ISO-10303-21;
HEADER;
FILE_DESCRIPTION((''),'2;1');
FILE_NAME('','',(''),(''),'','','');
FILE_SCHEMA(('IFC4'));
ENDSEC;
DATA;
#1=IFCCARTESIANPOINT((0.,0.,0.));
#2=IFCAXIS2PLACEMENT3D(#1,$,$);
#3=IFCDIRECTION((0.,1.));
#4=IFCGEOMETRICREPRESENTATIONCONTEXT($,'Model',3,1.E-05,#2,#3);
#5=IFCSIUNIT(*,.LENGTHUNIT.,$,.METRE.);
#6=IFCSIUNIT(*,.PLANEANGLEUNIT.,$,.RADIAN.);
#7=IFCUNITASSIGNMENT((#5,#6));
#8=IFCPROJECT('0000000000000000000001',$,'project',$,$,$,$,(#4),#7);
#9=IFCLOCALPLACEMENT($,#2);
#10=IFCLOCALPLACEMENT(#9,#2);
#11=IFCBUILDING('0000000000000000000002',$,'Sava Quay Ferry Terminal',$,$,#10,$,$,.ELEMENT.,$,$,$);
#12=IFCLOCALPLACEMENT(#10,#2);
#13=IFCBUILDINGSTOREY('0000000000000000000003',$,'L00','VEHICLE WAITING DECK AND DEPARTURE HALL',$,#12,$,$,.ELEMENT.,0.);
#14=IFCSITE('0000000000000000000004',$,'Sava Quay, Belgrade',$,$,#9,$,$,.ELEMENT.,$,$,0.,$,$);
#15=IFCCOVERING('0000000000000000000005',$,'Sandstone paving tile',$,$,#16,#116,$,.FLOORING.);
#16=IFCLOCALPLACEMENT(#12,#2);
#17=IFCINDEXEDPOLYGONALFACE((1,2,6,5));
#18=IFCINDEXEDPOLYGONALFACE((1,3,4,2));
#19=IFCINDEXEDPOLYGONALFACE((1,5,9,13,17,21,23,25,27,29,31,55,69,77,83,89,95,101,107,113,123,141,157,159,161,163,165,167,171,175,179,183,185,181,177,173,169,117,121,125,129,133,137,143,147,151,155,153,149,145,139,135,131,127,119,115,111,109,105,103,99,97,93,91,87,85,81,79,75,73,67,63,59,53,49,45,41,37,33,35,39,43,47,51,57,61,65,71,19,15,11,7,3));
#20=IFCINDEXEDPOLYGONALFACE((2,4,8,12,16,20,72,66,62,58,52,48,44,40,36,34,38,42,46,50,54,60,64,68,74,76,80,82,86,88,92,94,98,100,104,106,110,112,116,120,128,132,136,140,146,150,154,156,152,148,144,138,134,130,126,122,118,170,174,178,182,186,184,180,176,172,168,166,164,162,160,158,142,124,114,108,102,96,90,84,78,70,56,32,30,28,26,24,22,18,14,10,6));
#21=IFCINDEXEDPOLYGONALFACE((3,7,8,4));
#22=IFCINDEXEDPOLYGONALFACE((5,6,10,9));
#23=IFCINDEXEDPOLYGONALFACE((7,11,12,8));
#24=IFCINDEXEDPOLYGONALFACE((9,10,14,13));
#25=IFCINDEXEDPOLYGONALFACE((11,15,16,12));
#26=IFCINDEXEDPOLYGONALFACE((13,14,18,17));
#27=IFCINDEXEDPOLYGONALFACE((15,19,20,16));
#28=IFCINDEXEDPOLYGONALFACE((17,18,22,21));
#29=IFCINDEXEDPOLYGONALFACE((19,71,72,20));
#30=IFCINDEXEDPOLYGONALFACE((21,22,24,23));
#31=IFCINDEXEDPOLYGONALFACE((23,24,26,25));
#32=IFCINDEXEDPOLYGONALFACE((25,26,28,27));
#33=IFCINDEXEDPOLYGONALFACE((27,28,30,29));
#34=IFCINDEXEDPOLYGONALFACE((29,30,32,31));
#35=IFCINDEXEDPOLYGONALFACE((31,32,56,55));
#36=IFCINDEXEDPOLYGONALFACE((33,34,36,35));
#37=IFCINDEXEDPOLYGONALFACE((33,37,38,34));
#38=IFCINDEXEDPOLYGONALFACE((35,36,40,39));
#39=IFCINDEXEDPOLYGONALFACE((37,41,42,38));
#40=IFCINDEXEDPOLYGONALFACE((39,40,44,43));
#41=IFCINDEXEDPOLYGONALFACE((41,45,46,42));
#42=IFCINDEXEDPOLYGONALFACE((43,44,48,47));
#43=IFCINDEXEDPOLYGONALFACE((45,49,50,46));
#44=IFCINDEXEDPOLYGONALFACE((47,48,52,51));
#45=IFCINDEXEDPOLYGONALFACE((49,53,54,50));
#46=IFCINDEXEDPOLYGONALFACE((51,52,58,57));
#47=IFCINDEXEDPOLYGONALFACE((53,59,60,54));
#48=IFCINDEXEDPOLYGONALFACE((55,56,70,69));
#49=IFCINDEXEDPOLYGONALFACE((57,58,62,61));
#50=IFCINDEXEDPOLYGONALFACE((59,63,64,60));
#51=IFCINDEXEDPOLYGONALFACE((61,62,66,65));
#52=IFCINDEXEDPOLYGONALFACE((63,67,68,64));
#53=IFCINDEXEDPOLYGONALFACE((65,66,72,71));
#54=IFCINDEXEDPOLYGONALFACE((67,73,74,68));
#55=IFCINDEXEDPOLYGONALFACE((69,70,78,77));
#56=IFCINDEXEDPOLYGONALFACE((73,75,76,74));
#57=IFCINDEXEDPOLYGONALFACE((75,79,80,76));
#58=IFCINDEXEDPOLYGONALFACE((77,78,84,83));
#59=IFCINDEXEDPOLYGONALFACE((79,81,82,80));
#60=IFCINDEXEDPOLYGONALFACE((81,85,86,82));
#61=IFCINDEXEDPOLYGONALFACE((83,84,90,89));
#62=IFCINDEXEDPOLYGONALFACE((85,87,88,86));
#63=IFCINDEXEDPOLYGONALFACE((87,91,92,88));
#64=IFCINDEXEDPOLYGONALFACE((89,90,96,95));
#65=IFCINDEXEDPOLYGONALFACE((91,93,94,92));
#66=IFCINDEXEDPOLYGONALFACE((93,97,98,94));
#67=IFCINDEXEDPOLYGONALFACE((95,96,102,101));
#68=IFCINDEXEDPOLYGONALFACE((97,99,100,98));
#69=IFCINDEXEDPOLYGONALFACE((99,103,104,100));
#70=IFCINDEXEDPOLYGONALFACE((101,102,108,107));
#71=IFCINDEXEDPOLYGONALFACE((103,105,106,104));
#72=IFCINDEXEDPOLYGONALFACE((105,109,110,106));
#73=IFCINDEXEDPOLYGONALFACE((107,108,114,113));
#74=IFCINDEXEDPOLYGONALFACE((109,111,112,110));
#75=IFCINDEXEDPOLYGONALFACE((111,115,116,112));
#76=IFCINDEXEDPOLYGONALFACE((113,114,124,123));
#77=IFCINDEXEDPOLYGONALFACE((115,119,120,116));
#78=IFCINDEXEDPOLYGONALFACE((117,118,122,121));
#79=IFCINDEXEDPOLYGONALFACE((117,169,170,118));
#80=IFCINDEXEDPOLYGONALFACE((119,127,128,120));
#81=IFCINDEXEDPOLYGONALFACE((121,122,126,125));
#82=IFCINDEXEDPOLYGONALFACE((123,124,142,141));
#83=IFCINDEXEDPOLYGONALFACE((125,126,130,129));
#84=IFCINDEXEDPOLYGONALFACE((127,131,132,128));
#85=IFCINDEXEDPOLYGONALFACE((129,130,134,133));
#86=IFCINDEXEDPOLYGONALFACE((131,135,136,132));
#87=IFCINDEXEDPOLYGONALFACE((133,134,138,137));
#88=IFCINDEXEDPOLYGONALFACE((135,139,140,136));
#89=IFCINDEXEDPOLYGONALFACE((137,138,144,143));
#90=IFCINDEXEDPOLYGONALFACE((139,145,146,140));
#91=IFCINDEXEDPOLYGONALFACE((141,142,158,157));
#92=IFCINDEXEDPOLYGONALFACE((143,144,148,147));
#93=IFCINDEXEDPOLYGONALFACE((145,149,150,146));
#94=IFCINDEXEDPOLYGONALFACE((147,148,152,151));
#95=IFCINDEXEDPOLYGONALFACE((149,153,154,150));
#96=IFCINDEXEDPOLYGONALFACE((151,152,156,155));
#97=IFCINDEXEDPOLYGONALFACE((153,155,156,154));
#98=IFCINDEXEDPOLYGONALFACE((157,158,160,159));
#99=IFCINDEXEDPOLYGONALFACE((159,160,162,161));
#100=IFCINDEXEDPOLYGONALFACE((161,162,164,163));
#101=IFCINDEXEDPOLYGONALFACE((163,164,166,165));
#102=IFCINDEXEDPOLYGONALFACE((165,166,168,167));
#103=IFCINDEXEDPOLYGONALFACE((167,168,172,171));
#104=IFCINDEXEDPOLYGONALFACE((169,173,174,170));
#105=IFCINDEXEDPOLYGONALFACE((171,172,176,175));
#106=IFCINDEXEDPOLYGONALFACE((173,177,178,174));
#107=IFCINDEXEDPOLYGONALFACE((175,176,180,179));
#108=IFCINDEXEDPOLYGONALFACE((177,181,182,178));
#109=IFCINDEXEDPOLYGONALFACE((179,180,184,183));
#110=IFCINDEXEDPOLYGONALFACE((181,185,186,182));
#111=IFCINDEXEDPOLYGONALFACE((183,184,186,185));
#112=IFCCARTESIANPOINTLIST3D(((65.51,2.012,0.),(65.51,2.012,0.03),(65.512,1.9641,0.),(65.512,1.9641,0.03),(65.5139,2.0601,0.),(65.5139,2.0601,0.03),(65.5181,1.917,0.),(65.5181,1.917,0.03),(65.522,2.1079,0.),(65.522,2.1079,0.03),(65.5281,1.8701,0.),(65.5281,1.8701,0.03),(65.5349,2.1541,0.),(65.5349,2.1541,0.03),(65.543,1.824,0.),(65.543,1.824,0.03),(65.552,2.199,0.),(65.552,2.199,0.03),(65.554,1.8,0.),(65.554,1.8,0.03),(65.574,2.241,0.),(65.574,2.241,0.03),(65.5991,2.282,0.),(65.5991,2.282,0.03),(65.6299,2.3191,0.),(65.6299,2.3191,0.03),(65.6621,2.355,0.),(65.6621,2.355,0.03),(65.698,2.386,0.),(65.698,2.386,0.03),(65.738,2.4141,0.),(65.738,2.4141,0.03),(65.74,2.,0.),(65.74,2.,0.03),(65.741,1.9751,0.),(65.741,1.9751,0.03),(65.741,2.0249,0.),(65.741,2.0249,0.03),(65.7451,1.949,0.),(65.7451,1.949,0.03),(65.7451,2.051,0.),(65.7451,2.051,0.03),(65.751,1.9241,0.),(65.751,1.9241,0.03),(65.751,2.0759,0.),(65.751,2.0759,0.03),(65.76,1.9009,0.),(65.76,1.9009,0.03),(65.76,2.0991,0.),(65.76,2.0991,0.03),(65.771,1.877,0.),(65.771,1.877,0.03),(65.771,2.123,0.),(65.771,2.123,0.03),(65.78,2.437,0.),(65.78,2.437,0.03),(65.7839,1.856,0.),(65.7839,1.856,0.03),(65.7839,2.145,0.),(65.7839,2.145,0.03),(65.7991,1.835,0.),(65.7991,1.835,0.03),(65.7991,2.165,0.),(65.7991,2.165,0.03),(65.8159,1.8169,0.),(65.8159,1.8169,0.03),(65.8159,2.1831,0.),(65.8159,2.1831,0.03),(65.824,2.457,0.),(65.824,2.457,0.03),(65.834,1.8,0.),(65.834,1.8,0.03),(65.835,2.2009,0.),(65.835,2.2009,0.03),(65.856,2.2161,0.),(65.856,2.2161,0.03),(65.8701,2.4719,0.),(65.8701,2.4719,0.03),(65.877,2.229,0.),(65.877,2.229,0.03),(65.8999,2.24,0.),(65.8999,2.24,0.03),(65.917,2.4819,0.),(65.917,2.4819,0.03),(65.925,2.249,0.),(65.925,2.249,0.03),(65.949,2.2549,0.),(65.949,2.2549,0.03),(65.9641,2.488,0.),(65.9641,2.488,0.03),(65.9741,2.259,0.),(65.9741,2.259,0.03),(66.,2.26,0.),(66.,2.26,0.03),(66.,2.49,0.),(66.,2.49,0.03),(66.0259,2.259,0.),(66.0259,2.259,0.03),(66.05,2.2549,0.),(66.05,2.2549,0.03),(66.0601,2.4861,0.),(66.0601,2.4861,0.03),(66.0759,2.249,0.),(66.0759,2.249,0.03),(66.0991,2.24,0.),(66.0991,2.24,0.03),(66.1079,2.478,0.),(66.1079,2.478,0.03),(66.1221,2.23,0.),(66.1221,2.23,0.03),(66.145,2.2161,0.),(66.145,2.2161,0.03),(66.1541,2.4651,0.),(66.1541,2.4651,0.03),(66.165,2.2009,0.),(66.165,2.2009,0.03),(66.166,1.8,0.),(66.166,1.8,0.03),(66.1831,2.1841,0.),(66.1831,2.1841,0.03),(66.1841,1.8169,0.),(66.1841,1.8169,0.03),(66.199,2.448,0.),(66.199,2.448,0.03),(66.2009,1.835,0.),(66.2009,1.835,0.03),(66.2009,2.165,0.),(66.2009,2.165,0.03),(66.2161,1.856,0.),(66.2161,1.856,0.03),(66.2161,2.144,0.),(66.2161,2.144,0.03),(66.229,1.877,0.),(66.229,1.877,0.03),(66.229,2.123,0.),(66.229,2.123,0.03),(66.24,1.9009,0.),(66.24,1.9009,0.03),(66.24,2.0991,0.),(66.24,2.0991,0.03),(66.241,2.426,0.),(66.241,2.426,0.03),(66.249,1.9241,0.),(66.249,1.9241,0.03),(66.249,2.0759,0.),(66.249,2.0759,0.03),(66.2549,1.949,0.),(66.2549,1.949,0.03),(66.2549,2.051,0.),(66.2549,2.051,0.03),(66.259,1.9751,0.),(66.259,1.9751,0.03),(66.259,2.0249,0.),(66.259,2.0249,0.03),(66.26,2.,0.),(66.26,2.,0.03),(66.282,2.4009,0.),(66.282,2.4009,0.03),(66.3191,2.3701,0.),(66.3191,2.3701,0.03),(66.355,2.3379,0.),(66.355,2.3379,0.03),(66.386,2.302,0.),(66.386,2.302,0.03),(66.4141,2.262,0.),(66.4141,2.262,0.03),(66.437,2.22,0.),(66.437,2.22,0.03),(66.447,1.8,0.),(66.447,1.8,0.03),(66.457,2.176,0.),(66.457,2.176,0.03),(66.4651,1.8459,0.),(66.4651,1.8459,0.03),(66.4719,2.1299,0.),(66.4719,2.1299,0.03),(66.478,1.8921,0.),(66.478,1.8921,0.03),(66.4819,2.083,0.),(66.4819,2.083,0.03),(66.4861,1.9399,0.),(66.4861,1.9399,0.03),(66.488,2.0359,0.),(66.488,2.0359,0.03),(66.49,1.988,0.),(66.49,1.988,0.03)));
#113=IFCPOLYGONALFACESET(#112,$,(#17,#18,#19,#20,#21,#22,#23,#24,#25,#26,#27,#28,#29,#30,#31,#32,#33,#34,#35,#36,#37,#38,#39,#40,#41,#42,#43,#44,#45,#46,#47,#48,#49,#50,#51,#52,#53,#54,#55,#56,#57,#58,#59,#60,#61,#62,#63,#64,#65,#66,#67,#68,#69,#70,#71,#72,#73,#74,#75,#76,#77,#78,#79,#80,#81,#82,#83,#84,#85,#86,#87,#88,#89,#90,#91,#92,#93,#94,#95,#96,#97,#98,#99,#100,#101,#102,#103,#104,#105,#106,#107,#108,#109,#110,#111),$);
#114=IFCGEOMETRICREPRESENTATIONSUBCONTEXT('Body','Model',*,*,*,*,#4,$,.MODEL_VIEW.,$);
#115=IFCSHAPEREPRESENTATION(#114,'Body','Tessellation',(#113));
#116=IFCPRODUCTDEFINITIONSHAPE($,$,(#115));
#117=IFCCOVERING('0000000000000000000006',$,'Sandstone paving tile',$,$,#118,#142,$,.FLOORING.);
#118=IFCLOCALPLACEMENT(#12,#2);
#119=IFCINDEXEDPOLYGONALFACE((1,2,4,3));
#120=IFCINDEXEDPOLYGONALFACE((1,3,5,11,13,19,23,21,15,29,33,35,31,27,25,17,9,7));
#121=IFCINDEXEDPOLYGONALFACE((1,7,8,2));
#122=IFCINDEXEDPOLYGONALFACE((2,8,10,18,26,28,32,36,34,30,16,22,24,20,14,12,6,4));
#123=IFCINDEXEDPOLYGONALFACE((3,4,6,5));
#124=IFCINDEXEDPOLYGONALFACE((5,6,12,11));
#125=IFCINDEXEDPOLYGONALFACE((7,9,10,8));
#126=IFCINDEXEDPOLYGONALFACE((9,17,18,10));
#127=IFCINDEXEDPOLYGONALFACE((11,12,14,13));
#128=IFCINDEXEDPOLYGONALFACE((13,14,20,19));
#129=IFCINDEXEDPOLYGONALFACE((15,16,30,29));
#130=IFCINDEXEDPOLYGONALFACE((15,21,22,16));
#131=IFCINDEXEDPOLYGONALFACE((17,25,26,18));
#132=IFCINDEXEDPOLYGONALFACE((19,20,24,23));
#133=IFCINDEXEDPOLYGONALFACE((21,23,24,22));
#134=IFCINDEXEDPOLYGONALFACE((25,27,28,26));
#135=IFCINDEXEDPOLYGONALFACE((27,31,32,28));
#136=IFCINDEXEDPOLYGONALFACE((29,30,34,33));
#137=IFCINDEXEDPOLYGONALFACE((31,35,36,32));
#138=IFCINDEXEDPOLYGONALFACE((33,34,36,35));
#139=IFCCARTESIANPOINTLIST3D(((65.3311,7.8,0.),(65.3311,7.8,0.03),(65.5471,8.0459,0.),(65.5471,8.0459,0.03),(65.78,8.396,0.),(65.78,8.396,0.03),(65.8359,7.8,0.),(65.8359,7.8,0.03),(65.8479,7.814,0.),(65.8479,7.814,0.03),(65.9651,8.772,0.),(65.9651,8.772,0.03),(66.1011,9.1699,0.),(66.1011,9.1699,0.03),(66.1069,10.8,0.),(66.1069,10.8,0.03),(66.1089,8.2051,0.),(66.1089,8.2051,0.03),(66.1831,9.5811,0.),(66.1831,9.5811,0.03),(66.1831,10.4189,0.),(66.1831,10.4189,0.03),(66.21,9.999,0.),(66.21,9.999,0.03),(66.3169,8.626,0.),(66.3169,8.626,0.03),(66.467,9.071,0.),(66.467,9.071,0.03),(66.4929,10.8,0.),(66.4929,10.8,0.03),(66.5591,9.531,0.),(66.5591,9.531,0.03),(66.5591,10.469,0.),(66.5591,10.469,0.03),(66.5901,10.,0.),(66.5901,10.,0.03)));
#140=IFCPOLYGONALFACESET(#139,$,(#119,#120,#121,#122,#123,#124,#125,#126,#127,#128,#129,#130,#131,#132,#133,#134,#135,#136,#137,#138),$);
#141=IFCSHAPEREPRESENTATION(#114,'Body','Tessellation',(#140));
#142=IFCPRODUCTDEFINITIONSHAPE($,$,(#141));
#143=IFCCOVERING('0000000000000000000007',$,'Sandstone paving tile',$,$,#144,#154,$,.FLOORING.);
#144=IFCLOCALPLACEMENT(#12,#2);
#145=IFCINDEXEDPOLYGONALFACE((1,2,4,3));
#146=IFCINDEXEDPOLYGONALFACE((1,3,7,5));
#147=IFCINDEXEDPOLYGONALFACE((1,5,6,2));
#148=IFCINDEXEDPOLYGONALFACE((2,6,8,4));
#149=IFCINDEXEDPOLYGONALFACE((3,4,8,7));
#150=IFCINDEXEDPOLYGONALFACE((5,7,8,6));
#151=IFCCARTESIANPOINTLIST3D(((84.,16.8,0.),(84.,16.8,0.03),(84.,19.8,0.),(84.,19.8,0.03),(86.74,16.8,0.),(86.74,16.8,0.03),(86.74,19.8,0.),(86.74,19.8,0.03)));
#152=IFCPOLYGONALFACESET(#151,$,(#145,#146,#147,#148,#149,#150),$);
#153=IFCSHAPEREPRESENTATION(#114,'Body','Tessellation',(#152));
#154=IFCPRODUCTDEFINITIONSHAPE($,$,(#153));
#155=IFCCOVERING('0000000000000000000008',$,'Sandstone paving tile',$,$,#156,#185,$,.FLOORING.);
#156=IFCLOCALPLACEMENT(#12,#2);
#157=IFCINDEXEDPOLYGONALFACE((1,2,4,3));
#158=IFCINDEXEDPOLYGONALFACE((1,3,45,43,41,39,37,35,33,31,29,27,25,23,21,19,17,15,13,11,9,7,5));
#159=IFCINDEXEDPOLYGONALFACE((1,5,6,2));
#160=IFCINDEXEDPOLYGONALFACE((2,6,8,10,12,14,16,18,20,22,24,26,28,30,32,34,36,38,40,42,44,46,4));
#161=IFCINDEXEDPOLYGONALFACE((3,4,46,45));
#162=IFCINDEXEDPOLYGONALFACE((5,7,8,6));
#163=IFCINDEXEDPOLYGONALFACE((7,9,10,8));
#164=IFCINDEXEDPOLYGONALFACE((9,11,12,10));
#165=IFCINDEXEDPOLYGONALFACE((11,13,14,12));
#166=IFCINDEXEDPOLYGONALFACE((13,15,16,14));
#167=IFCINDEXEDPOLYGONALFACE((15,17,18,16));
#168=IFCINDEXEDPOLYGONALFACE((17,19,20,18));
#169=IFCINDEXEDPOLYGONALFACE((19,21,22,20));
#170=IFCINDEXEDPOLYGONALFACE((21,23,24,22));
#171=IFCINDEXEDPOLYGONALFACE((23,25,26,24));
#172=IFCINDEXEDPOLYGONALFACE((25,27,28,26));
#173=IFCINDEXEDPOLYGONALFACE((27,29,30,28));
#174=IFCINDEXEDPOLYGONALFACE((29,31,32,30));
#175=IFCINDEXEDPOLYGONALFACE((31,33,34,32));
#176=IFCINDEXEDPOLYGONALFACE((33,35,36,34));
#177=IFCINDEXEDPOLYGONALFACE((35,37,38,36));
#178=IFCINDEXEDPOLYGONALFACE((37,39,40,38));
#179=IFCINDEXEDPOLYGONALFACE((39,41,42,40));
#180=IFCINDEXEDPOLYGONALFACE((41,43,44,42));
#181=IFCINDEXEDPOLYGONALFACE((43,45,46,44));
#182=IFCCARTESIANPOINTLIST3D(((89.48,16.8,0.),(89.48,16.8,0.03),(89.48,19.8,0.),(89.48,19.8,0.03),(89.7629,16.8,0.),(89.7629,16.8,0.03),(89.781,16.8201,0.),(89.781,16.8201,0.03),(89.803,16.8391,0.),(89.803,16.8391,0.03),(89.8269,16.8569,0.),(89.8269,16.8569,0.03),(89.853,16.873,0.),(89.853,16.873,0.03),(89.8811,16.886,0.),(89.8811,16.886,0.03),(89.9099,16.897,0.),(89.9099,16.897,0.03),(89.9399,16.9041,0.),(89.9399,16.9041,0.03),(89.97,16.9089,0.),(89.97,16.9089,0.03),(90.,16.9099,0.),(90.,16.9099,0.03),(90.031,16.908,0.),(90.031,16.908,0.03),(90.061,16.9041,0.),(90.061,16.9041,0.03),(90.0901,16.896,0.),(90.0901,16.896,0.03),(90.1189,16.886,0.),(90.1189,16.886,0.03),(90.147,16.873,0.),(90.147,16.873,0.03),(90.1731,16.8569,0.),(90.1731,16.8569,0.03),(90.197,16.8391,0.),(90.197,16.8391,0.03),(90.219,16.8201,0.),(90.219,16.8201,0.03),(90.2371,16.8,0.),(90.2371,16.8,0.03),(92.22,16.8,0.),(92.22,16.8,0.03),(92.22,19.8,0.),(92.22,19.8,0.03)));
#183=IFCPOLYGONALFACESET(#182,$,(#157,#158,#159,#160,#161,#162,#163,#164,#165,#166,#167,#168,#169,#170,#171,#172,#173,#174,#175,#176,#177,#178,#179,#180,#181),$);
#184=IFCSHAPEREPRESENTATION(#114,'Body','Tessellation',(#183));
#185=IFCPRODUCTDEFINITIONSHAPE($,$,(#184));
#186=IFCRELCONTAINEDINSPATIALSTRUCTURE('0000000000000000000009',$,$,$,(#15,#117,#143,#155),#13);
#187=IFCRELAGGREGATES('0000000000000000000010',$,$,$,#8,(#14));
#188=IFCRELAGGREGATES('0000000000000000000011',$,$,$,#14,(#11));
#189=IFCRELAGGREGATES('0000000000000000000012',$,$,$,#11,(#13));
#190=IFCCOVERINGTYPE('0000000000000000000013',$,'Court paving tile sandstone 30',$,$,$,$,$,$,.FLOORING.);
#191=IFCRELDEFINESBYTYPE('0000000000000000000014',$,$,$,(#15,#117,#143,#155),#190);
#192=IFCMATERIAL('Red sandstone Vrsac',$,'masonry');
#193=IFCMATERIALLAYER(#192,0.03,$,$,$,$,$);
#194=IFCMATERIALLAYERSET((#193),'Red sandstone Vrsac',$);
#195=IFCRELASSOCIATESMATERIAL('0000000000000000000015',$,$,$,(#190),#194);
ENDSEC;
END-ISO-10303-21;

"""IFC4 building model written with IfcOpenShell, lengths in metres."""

from ifc_helpers import new_model, si_unit, direction, origin, place, context, subcontext, project, spatial, polyline, outline, extrude, material, layer, layer_set, type_object, element, save


model = new_model("IFC4")

# Units and contexts
model_context = context("Model", 3, precision=1e-05, world=origin(), true_north=direction((0.0, 1.0)))
body_context = subcontext(model_context, "Body", "Model", "MODEL_VIEW")
ifc_project = project(units=[si_unit("LENGTHUNIT", "METRE"), si_unit("PLANEANGLEUNIT", "RADIAN")], contexts=[model_context])

# Site, building, storey
site_placement = place(None, origin())
site = spatial("IfcSite", under=ifc_project, at=site_placement, Name="Sava Quay, Belgrade", CompositionType="ELEMENT", RefElevation=0.0)
building_placement = place(site_placement, origin())
building = spatial("IfcBuilding", under=site, at=building_placement, Name="Sava Quay Ferry Terminal", CompositionType="ELEMENT")
storey_placement = place(building_placement, origin())
storey = spatial("IfcBuildingStorey", under=building, at=storey_placement, Name="L00", Description="VEHICLE WAITING DECK AND DEPARTURE HALL", CompositionType="ELEMENT", Elevation=0.0)

# Coverings
ifc_material_1 = material(Name="Red sandstone Vrsac", Category="masonry")
ifc_layer_1 = layer(ifc_material_1, 0.03)
ifc_layer_set_1 = layer_set([ifc_layer_1], Name="Red sandstone Vrsac")
covering_type_1 = type_object("IfcCoveringType", Name="Court paving tile sandstone 30", PredefinedType="FLOORING", material=ifc_layer_set_1)
covering_1_placement = place(storey_placement, origin())
element("IfcCovering", 1, at=covering_1_placement, inside=storey, type_object=covering_type_1, Name="Sandstone paving tile", PredefinedType="FLOORING", context=body_context, shape_type="SweptSolid", body=[
    extrude(outline(polyline([(65.554, 1.8), (65.834, 1.8), (65.8159, 1.8169), (65.7991, 1.835), (65.7839, 1.856), (65.771, 1.877), (65.76, 1.9009), (65.751, 1.9241), (65.7451, 1.949), (65.741, 1.9751), (65.74, 2.0), (65.741, 2.0249), (65.7451, 2.051), (65.751, 2.0759), (65.76, 2.0991), (65.771, 2.123), (65.7839, 2.145), (65.7991, 2.165), (65.8159, 2.1831), (65.835, 2.2009), (65.856, 2.2161), (65.877, 2.229), (65.8999, 2.24), (65.925, 2.249), (65.949, 2.2549), (65.9741, 2.259), (66.0, 2.26), (66.0259, 2.259), (66.05, 2.2549), (66.0759, 2.249), (66.0991, 2.24), (66.1221, 2.23), (66.145, 2.2161), (66.165, 2.2009), (66.1831, 2.1841), (66.2009, 2.165), (66.2161, 2.144), (66.229, 2.123), (66.24, 2.0991), (66.249, 2.0759), (66.2549, 2.051), (66.259, 2.0249), (66.26, 2.0), (66.259, 1.9751), (66.2549, 1.949), (66.249, 1.9241), (66.24, 1.9009), (66.229, 1.877), (66.2161, 1.856), (66.2009, 1.835), (66.1841, 1.8169), (66.166, 1.8), (66.447, 1.8), (66.4651, 1.8459), (66.478, 1.8921), (66.4861, 1.9399), (66.49, 1.988), (66.488, 2.0359), (66.4819, 2.083), (66.4719, 2.1299), (66.457, 2.176), (66.437, 2.22), (66.4141, 2.262), (66.386, 2.302), (66.355, 2.3379), (66.3191, 2.3701), (66.282, 2.4009), (66.241, 2.426), (66.199, 2.448), (66.1541, 2.4651), (66.1079, 2.478), (66.0601, 2.4861), (66.0, 2.49), (65.9641, 2.488), (65.917, 2.4819), (65.8701, 2.4719), (65.824, 2.457), (65.78, 2.437), (65.738, 2.4141), (65.698, 2.386), (65.6621, 2.355), (65.6299, 2.3191), (65.5991, 2.282), (65.574, 2.241), (65.552, 2.199), (65.5349, 2.1541), (65.522, 2.1079), (65.5139, 2.0601), (65.51, 2.012), (65.512, 1.9641), (65.5181, 1.917), (65.5281, 1.8701), (65.543, 1.824), (65.554, 1.8)])), origin(), (0.0, 0.0, 1.0), 0.03),
])
covering_2_placement = place(storey_placement, origin())
element("IfcCovering", 2, at=covering_2_placement, inside=storey, type_object=covering_type_1, Name="Sandstone paving tile", PredefinedType="FLOORING", context=body_context, shape_type="SweptSolid", body=[
    extrude(outline(polyline([(66.4929, 10.8), (66.1069, 10.8), (66.1831, 10.4189), (66.21, 9.999), (66.1831, 9.5811), (66.1011, 9.1699), (65.9651, 8.772), (65.78, 8.396), (65.5471, 8.0459), (65.3311, 7.8), (65.8359, 7.8), (65.8479, 7.814), (66.1089, 8.2051), (66.3169, 8.626), (66.467, 9.071), (66.5591, 9.531), (66.5901, 10.0), (66.5591, 10.469), (66.4929, 10.8)])), origin(), (0.0, 0.0, 1.0), 0.03),
])
covering_3_placement = place(storey_placement, origin())
element("IfcCovering", 3, at=covering_3_placement, inside=storey, type_object=covering_type_1, Name="Sandstone paving tile", PredefinedType="FLOORING", context=body_context, shape_type="SweptSolid", body=[
    extrude(outline(polyline([(86.74, 16.8), (86.74, 19.8), (84.0, 19.8), (84.0, 16.8), (86.74, 16.8)])), origin(), (0.0, 0.0, 1.0), 0.03),
])
covering_4_placement = place(storey_placement, origin())
element("IfcCovering", 4, at=covering_4_placement, inside=storey, type_object=covering_type_1, Name="Sandstone paving tile", PredefinedType="FLOORING", context=body_context, shape_type="SweptSolid", body=[
    extrude(outline(polyline([(92.22, 16.8), (92.22, 19.8), (89.48, 19.8), (89.48, 16.8), (89.7629, 16.8), (89.781, 16.8201), (89.803, 16.8391), (89.8269, 16.8569), (89.853, 16.873), (89.8811, 16.886), (89.9099, 16.897), (89.9399, 16.9041), (89.97, 16.9089), (90.0, 16.9099), (90.031, 16.908), (90.061, 16.9041), (90.0901, 16.896), (90.1189, 16.886), (90.147, 16.873), (90.1731, 16.8569), (90.197, 16.8391), (90.219, 16.8201), (90.2371, 16.8), (92.22, 16.8)])), origin(), (0.0, 0.0, 1.0), 0.03),
])

save(model, "model.ifc")
